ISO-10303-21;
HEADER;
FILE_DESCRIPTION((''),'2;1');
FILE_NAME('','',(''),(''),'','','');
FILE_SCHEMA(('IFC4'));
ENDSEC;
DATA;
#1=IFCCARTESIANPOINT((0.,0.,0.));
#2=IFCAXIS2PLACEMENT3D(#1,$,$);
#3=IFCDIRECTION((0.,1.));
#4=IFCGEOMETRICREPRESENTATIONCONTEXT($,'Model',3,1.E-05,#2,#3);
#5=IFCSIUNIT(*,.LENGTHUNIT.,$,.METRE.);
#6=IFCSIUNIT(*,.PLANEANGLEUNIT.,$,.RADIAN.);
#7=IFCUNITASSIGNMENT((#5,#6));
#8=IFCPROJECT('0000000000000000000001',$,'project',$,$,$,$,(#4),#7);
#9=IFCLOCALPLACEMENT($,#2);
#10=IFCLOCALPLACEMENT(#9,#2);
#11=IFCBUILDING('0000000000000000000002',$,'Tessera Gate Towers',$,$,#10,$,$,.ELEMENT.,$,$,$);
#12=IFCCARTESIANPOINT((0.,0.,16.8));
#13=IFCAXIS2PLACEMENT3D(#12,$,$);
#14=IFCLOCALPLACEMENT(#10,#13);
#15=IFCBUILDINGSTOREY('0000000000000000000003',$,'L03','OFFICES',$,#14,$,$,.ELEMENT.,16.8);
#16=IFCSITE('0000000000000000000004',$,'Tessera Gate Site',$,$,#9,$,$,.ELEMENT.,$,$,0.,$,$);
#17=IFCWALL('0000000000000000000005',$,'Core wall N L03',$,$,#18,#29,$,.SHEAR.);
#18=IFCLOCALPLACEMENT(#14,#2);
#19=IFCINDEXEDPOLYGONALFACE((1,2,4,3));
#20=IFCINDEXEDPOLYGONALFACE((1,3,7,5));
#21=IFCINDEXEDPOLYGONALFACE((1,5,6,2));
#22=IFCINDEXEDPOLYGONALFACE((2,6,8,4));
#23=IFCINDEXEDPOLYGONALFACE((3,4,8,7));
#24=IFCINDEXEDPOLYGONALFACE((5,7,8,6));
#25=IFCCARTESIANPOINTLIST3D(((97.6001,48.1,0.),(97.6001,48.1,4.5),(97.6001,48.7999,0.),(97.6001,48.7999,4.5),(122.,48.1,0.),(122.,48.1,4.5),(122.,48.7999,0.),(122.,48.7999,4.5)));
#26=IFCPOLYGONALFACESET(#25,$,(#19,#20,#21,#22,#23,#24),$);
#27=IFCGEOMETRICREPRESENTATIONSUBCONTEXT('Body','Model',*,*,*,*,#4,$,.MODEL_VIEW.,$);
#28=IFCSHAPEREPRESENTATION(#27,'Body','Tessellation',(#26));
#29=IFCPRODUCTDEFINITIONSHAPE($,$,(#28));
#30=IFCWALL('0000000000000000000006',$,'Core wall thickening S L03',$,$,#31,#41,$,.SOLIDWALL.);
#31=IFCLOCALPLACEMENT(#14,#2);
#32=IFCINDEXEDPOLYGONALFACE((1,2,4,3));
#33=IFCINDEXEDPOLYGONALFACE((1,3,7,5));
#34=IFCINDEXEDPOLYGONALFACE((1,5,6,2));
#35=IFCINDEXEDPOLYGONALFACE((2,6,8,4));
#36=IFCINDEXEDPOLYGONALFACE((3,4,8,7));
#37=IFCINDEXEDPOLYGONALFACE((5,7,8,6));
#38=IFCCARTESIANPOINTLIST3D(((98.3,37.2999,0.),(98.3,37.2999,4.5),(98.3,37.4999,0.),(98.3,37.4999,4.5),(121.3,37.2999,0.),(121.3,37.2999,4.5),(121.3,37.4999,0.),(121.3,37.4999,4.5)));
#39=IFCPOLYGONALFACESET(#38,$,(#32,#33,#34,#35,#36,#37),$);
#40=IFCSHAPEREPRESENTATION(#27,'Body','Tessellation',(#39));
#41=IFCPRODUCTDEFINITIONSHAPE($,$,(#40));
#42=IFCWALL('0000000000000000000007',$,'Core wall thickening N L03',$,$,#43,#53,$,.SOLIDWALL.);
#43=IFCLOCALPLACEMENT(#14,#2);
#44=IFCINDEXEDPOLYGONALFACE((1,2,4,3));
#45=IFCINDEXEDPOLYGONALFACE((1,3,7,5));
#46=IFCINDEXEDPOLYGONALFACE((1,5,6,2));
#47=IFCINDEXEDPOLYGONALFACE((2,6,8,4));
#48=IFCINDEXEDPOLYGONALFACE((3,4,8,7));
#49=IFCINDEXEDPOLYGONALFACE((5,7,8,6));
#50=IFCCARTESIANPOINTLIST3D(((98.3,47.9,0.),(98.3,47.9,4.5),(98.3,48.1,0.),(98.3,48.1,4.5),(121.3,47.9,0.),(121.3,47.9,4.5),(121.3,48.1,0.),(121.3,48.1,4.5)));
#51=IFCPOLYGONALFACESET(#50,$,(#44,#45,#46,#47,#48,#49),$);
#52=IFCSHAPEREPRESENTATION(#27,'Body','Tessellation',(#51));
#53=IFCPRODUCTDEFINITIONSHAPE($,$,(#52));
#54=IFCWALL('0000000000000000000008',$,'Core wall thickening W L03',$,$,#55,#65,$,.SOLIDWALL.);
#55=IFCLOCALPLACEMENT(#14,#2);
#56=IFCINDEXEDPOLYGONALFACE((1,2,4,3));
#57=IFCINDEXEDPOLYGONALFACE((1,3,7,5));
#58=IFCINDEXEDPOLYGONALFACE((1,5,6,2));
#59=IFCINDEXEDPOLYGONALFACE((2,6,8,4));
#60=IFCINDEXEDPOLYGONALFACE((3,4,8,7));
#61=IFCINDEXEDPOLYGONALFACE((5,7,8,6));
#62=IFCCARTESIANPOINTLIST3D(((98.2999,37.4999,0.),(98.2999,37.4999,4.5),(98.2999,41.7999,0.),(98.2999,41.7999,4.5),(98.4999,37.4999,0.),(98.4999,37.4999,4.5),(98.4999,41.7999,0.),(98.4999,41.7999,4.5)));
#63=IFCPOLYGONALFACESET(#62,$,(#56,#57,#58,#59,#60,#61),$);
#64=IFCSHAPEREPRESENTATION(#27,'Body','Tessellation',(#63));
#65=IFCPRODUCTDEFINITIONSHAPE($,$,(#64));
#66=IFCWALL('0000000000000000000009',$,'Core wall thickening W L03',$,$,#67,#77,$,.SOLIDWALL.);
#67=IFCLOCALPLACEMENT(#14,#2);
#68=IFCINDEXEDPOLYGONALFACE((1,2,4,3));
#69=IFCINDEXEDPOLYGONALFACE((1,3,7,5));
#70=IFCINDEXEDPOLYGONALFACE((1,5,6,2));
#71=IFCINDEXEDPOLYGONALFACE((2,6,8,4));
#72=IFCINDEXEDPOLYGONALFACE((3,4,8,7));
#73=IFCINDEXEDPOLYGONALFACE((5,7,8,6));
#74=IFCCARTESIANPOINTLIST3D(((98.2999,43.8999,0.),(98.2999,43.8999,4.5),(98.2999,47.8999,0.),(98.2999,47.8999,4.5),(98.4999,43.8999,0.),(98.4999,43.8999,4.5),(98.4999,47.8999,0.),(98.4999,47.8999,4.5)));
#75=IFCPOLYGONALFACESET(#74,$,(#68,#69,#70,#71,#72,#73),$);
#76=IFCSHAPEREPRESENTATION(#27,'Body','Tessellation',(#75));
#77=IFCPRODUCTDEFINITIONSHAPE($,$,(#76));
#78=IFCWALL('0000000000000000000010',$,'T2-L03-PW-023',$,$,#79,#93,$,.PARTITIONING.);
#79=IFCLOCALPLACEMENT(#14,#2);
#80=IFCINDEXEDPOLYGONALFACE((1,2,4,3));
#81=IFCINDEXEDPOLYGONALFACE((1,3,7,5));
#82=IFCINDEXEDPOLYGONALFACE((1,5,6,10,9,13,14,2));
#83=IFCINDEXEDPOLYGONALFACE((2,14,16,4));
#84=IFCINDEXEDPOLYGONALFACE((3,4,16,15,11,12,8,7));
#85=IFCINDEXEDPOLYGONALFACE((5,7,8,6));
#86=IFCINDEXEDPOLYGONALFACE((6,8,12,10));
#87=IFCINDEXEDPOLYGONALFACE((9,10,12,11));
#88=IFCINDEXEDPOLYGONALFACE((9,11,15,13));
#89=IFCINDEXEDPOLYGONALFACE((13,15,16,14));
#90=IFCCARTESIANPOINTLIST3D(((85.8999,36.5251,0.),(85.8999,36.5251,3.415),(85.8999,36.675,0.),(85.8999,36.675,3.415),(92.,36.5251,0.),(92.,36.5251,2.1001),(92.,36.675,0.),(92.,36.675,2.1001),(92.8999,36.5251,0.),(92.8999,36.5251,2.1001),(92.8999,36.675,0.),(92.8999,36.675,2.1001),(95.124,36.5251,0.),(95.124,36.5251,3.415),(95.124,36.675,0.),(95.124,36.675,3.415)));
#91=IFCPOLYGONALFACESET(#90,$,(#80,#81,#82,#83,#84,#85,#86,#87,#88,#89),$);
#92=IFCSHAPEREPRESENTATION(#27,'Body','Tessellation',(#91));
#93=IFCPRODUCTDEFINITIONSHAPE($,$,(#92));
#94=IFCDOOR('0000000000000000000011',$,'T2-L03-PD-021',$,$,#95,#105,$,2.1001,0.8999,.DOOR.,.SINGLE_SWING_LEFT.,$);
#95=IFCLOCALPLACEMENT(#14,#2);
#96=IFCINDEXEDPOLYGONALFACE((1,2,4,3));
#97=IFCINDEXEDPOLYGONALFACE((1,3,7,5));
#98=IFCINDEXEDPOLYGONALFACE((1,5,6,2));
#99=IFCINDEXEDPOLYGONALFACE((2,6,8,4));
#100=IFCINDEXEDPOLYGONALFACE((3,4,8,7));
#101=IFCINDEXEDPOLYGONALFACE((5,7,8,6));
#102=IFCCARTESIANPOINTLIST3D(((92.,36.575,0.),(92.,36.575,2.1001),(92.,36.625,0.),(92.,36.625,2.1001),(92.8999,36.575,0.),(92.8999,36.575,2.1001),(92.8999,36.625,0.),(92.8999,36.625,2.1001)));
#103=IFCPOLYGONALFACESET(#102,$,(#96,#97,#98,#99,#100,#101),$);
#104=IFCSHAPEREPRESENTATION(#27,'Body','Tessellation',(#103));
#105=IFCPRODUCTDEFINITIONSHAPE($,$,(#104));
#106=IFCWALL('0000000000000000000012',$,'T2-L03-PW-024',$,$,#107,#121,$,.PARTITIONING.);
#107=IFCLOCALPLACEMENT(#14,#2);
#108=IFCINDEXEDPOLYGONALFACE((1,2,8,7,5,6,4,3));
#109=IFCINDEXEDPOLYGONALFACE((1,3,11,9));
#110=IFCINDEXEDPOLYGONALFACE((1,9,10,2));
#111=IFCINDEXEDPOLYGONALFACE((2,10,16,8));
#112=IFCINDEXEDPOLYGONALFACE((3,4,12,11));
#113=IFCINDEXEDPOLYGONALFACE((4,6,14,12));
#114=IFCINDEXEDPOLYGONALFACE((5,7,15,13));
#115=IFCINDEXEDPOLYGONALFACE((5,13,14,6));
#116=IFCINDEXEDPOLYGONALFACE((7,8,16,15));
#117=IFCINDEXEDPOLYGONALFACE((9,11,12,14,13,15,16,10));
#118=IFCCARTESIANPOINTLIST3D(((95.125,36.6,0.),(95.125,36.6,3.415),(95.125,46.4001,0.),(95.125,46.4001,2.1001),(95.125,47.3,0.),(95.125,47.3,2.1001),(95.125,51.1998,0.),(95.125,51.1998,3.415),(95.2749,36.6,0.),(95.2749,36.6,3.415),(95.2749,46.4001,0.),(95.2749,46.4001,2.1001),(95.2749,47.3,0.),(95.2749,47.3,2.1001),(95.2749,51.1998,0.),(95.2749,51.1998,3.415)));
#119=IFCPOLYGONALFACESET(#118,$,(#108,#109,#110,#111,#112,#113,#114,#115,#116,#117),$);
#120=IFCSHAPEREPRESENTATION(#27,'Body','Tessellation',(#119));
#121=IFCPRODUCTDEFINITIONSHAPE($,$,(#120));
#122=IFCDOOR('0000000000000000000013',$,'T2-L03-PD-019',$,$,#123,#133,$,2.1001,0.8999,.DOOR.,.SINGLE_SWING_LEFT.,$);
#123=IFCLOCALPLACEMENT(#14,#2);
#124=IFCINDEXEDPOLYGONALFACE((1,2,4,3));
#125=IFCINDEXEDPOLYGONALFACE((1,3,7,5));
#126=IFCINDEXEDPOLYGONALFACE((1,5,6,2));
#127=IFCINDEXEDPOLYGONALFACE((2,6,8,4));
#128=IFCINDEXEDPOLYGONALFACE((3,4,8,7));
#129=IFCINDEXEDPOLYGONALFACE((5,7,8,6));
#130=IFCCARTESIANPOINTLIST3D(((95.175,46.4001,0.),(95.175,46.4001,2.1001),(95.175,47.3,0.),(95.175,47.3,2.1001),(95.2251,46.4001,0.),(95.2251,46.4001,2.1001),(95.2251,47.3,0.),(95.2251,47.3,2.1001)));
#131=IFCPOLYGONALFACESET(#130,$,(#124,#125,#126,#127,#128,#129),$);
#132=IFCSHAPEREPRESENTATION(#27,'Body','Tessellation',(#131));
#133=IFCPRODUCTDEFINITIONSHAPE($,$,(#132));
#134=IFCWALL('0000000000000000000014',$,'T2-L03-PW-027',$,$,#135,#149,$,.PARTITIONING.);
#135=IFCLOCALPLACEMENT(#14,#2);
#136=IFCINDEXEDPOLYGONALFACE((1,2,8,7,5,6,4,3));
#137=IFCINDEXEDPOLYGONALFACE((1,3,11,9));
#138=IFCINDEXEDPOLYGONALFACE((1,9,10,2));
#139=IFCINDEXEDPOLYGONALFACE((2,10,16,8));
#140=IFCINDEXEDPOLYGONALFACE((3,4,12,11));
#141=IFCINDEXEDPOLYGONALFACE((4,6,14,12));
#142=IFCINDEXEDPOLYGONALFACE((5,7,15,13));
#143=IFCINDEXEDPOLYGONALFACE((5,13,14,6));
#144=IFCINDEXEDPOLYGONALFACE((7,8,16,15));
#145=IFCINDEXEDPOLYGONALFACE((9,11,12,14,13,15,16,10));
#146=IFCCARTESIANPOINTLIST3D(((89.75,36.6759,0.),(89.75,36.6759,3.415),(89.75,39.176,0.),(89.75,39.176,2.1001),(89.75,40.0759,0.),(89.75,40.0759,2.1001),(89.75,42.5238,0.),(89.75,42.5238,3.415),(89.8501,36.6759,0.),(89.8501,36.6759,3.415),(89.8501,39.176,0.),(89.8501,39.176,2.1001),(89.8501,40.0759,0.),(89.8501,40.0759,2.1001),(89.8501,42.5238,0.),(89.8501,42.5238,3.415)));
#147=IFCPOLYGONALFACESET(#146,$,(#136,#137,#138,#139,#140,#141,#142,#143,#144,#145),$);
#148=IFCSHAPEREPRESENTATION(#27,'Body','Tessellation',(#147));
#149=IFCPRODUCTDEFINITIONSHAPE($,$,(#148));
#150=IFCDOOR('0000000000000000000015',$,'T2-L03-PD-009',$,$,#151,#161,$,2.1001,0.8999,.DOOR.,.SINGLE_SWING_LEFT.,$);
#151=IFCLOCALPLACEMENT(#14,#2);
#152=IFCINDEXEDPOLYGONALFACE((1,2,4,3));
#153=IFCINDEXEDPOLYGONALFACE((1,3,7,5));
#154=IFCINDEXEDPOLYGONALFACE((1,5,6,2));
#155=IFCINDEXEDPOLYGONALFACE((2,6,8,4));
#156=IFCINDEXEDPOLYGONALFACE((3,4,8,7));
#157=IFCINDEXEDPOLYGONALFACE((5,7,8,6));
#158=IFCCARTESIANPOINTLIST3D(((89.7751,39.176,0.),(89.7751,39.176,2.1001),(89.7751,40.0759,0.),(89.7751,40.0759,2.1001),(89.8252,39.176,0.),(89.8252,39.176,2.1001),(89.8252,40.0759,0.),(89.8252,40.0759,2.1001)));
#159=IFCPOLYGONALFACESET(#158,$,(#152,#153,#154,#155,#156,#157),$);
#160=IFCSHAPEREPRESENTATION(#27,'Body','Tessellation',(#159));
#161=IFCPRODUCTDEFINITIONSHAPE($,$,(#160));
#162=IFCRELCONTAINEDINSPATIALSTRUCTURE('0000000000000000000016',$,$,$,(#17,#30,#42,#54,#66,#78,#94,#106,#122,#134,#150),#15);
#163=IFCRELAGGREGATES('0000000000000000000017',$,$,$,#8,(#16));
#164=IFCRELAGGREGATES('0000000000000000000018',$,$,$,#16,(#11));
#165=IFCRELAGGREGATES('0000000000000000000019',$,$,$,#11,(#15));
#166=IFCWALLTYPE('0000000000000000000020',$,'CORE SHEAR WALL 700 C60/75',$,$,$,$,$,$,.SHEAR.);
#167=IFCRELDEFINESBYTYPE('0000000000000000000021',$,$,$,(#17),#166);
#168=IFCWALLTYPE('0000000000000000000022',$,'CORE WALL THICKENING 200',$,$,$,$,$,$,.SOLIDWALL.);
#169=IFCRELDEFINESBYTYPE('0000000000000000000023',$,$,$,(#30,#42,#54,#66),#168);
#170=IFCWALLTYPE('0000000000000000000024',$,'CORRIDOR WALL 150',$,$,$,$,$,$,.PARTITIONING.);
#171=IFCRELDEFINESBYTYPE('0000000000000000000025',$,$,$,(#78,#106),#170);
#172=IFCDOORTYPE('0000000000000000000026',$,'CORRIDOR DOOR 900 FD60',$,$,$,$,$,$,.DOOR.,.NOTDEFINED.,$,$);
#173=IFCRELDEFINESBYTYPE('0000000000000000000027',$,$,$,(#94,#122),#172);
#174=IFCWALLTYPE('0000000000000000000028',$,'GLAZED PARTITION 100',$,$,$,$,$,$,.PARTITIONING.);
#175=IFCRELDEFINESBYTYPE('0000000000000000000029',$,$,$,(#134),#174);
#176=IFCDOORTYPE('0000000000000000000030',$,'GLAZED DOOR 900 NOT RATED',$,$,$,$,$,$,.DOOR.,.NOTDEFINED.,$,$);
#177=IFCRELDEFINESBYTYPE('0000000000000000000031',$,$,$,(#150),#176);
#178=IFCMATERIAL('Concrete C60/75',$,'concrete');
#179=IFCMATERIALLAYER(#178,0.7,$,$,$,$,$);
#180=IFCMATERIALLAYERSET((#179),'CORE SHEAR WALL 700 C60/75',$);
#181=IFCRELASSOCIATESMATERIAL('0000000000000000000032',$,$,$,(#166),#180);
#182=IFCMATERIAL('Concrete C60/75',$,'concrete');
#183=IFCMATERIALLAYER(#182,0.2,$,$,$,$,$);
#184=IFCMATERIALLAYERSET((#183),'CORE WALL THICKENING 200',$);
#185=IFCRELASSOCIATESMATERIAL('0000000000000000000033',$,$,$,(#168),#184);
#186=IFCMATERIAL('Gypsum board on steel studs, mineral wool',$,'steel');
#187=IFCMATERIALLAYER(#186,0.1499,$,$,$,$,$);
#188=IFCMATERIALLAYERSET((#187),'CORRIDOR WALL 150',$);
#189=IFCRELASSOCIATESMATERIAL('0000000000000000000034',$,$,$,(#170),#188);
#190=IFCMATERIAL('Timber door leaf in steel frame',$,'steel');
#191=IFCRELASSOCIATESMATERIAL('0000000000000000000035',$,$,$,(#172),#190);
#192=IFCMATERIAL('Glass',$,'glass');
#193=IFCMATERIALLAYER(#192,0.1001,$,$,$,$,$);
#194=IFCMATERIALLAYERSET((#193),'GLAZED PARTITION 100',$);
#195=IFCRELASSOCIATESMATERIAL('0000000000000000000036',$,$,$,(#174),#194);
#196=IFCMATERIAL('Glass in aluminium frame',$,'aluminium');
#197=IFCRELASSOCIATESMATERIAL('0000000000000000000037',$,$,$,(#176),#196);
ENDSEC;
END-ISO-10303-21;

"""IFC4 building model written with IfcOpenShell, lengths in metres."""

from ifc_helpers import new_model, si_unit, direction, frame, frame_2d, origin, place, context, subcontext, project, spatial, rectangle, extrude, source, transform, mapped, material, layer, layer_set, type_object, element, fill, save


model = new_model("IFC4")

# Units and contexts
model_context = context("Model", 3, precision=1e-05, world=origin(), true_north=direction((0.0, 1.0)))
body_context = subcontext(model_context, "Body", "Model", "MODEL_VIEW")
ifc_project = project(units=[si_unit("LENGTHUNIT", "METRE"), si_unit("PLANEANGLEUNIT", "RADIAN")], contexts=[model_context])

# Site, building, storey
site_placement = place(None, origin())
site = spatial("IfcSite", under=ifc_project, at=site_placement, Name="Tessera Gate Site", CompositionType="ELEMENT", RefElevation=0.0)
building_placement = place(site_placement, origin())
building = spatial("IfcBuilding", under=site, at=building_placement, Name="Tessera Gate Towers", CompositionType="ELEMENT")
storey_placement = place(building_placement, frame((0.0, 0.0, 16.8)))
storey = spatial("IfcBuildingStorey", under=building, at=storey_placement, Name="L03", Description="OFFICES", CompositionType="ELEMENT", Elevation=16.8)

# Shared definitions
ifc_material_1 = material(Name="Concrete C60/75", Category="concrete")
ifc_layer_1 = layer(ifc_material_1, 0.7)
ifc_layer_set_1 = layer_set([ifc_layer_1], Name="CORE SHEAR WALL 700 C60/75")
wall_type_1 = type_object("IfcWallType", Name="CORE SHEAR WALL 700 C60/75", PredefinedType="SHEAR", material=ifc_layer_set_1)

# Walls
wall_1_placement = place(storey_placement, frame((97.6001, 48.45, 0.0), z_axis=(0.0, 0.0, 1.0), x_axis=(1.0, 0.0, 0.0)))
element("IfcWall", 1, at=wall_1_placement, inside=storey, type_object=wall_type_1, Name="Core wall N L03", PredefinedType="SHEAR", context=body_context, shape_type="SweptSolid", body=[
    extrude(rectangle(XDim=24.3999, YDim=0.7, at=frame_2d((12.2, 0.0))), origin(), (0.0, 0.0, 1.0), 4.5),
])
ifc_material_2 = material(Name="Concrete C60/75", Category="concrete")
ifc_layer_2 = layer(ifc_material_2, 0.2)
ifc_layer_set_2 = layer_set([ifc_layer_2], Name="CORE WALL THICKENING 200")
wall_type_2 = type_object("IfcWallType", Name="CORE WALL THICKENING 200", PredefinedType="SOLIDWALL", material=ifc_layer_set_2)
for number, where, z_axis, x_axis, name in (
    (2, (98.3, 37.3999, 0.0), (0.0, 0.0, 1.0), (1.0, 0.0, 0.0), "Core wall thickening S L03"),
    (3, (98.3, 48.0, 0.0), (0.0, 0.0, 1.0), (1.0, 0.0, 0.0), "Core wall thickening N L03"),
):
    element("IfcWall", number, at=place(storey_placement, frame(where, z_axis=z_axis, x_axis=x_axis)), inside=storey, type_object=wall_type_2, Name=name, PredefinedType="SOLIDWALL", context=body_context, shape_type="SweptSolid", body=[
        extrude(rectangle(XDim=23.0, YDim=0.2, at=frame_2d((11.5, 0.0))), origin(), (0.0, 0.0, 1.0), 4.5),
    ])
wall_2_placement = place(storey_placement, frame((98.3999, 37.5, 0.0), z_axis=(0.0, 0.0, 1.0), x_axis=(0.0, 1.0, 0.0)))
element("IfcWall", 4, at=wall_2_placement, inside=storey, type_object=wall_type_2, Name="Core wall thickening W L03", PredefinedType="SOLIDWALL", context=body_context, shape_type="SweptSolid", body=[
    extrude(rectangle(XDim=4.3, YDim=0.2, at=frame_2d((2.1499, 0.0))), origin(), (0.0, 0.0, 1.0), 4.5),
])
wall_3_placement = place(storey_placement, frame((98.3999, 43.8999, 0.0), z_axis=(0.0, 0.0, 1.0), x_axis=(0.0, 1.0, 0.0)))
element("IfcWall", 5, at=wall_3_placement, inside=storey, type_object=wall_type_2, Name="Core wall thickening W L03", PredefinedType="SOLIDWALL", context=body_context, shape_type="SweptSolid", body=[
    extrude(rectangle(XDim=4.0, YDim=0.2, at=frame_2d((2.0, 0.0))), origin(), (0.0, 0.0, 1.0), 4.5),
])

# Walls, openings, doors
ifc_material_3 = material(Name="Gypsum board on steel studs, mineral wool", Category="steel")
ifc_layer_3 = layer(ifc_material_3, 0.1499)
ifc_layer_set_3 = layer_set([ifc_layer_3], Name="CORRIDOR WALL 150")
wall_type_3 = type_object("IfcWallType", Name="CORRIDOR WALL 150", PredefinedType="PARTITIONING", material=ifc_layer_set_3)
wall_4_placement = place(storey_placement, frame((85.8999, 36.6001, 0.0), z_axis=(0.0, 0.0, 1.0), x_axis=(1.0, 0.0, 0.0)))
wall_4 = element("IfcWall", 6, at=wall_4_placement, inside=storey, type_object=wall_type_3, Name="T2-L03-PW-023", PredefinedType="PARTITIONING", context=body_context, shape_type="SweptSolid", body=[
    extrude(rectangle(XDim=9.2241, YDim=0.1499, at=frame_2d((4.6121, 0.0))), origin(), (0.0, 0.0, 1.0), 3.415),
])
shared_shape_1 = source(origin(), body_context, "Body", "SweptSolid", [
    extrude(rectangle(XDim=0.8999, YDim=2.1001, at=frame_2d((0.45, 1.05))), frame((0.0, 0.085, 0.0), z_axis=(0.0, -1.0, 0.0), x_axis=(1.0, 0.0, 0.0)), (0.0, 0.0, 1.0), 0.1699),
])
opening_1_placement = place(wall_4_placement, frame((6.1001, 0.0, 0.0)))
opening_1 = element("IfcOpeningElement", 7, at=opening_1_placement, cuts=wall_4, PredefinedType="OPENING", context=body_context, shape_type="MappedRepresentation", body=[
    mapped(shared_shape_1, transform((0.0, 0.0, 0.0), scale=1.0)),
])
ifc_material_4 = material(Name="Timber door leaf in steel frame", Category="steel")
door_type_1 = type_object("IfcDoorType", Name="CORRIDOR DOOR 900 FD60", OperationType="NOTDEFINED", PredefinedType="DOOR", material=ifc_material_4)
shared_shape_2 = source(origin(), body_context, "Body", "SweptSolid", [
    extrude(rectangle(XDim=0.8999, YDim=2.1001, at=frame_2d((0.45, 1.05))), frame((0.0, 0.0249, 0.0), z_axis=(0.0, -1.0, 0.0), x_axis=(1.0, 0.0, 0.0)), (0.0, 0.0, 1.0), 0.05),
])
door_1_placement = place(opening_1_placement, origin())
door_1 = element("IfcDoor", 8, at=door_1_placement, inside=storey, type_object=door_type_1, Name="T2-L03-PD-021", OperationType="SINGLE_SWING_LEFT", OverallHeight=2.1001, OverallWidth=0.8999, PredefinedType="DOOR", context=body_context, shape_type="MappedRepresentation", body=[
    mapped(shared_shape_2, transform((0.0, 0.0, 0.0), scale=1.0)),
])
fill(opening_1, door_1)
wall_5_placement = place(storey_placement, frame((95.2, 36.6001, 0.0), z_axis=(0.0, 0.0, 1.0), x_axis=(0.0, 1.0, 0.0)))
wall_5 = element("IfcWall", 9, at=wall_5_placement, inside=storey, type_object=wall_type_3, Name="T2-L03-PW-024", PredefinedType="PARTITIONING", context=body_context, shape_type="SweptSolid", body=[
    extrude(rectangle(XDim=14.5999, YDim=0.1499, at=frame_2d((7.2998, 0.0))), origin(), (0.0, 0.0, 1.0), 3.415),
])
opening_2_placement = place(wall_5_placement, frame((9.8, 0.0, 0.0)))
opening_2 = element("IfcOpeningElement", 10, at=opening_2_placement, cuts=wall_5, PredefinedType="OPENING", context=body_context, shape_type="MappedRepresentation", body=[
    mapped(shared_shape_1, transform((0.0, 0.0, 0.0), scale=1.0)),
])
door_2_placement = place(opening_2_placement, origin())
door_2 = element("IfcDoor", 11, at=door_2_placement, inside=storey, type_object=door_type_1, Name="T2-L03-PD-019", OperationType="SINGLE_SWING_LEFT", OverallHeight=2.1001, OverallWidth=0.8999, PredefinedType="DOOR", context=body_context, shape_type="MappedRepresentation", body=[
    mapped(shared_shape_2, transform((0.0, 0.0, 0.0), scale=1.0)),
])
fill(opening_2, door_2)
ifc_material_5 = material(Name="Glass", Category="glass")
ifc_layer_4 = layer(ifc_material_5, 0.1001)
ifc_layer_set_4 = layer_set([ifc_layer_4], Name="GLAZED PARTITION 100")
wall_type_4 = type_object("IfcWallType", Name="GLAZED PARTITION 100", PredefinedType="PARTITIONING", material=ifc_layer_set_4)
wall_6_placement = place(storey_placement, frame((89.8, 36.676, 0.0), z_axis=(0.0, 0.0, 1.0), x_axis=(0.0, 1.0, 0.0)))
wall_6 = element("IfcWall", 12, at=wall_6_placement, inside=storey, type_object=wall_type_4, Name="T2-L03-PW-027", PredefinedType="PARTITIONING", context=body_context, shape_type="SweptSolid", body=[
    extrude(rectangle(XDim=5.8479, YDim=0.1001, at=frame_2d((2.9238, 0.0))), origin(), (0.0, 0.0, 1.0), 3.415),
])
shared_shape_3 = source(origin(), body_context, "Body", "SweptSolid", [
    extrude(rectangle(XDim=0.8999, YDim=2.1001, at=frame_2d((0.45, 1.05))), frame((0.0, 0.0601, 0.0), z_axis=(0.0, -1.0, 0.0), x_axis=(1.0, 0.0, 0.0)), (0.0, 0.0, 1.0), 0.1201),
])
opening_3_placement = place(wall_6_placement, frame((2.5, 0.0, 0.0)))
opening_3 = element("IfcOpeningElement", 13, at=opening_3_placement, cuts=wall_6, PredefinedType="OPENING", context=body_context, shape_type="MappedRepresentation", body=[
    mapped(shared_shape_3, transform((0.0, 0.0, 0.0), scale=1.0)),
])
ifc_material_6 = material(Name="Glass in aluminium frame", Category="aluminium")
door_type_2 = type_object("IfcDoorType", Name="GLAZED DOOR 900 NOT RATED", OperationType="NOTDEFINED", PredefinedType="DOOR", material=ifc_material_6)
door_3_placement = place(opening_3_placement, origin())
door_3 = element("IfcDoor", 14, at=door_3_placement, inside=storey, type_object=door_type_2, Name="T2-L03-PD-009", OperationType="SINGLE_SWING_LEFT", OverallHeight=2.1001, OverallWidth=0.8999, PredefinedType="DOOR", context=body_context, shape_type="MappedRepresentation", body=[
    mapped(shared_shape_2, transform((0.0, 0.0, 0.0), scale=1.0)),
])
fill(opening_3, door_3)

save(model, "model.ifc")
